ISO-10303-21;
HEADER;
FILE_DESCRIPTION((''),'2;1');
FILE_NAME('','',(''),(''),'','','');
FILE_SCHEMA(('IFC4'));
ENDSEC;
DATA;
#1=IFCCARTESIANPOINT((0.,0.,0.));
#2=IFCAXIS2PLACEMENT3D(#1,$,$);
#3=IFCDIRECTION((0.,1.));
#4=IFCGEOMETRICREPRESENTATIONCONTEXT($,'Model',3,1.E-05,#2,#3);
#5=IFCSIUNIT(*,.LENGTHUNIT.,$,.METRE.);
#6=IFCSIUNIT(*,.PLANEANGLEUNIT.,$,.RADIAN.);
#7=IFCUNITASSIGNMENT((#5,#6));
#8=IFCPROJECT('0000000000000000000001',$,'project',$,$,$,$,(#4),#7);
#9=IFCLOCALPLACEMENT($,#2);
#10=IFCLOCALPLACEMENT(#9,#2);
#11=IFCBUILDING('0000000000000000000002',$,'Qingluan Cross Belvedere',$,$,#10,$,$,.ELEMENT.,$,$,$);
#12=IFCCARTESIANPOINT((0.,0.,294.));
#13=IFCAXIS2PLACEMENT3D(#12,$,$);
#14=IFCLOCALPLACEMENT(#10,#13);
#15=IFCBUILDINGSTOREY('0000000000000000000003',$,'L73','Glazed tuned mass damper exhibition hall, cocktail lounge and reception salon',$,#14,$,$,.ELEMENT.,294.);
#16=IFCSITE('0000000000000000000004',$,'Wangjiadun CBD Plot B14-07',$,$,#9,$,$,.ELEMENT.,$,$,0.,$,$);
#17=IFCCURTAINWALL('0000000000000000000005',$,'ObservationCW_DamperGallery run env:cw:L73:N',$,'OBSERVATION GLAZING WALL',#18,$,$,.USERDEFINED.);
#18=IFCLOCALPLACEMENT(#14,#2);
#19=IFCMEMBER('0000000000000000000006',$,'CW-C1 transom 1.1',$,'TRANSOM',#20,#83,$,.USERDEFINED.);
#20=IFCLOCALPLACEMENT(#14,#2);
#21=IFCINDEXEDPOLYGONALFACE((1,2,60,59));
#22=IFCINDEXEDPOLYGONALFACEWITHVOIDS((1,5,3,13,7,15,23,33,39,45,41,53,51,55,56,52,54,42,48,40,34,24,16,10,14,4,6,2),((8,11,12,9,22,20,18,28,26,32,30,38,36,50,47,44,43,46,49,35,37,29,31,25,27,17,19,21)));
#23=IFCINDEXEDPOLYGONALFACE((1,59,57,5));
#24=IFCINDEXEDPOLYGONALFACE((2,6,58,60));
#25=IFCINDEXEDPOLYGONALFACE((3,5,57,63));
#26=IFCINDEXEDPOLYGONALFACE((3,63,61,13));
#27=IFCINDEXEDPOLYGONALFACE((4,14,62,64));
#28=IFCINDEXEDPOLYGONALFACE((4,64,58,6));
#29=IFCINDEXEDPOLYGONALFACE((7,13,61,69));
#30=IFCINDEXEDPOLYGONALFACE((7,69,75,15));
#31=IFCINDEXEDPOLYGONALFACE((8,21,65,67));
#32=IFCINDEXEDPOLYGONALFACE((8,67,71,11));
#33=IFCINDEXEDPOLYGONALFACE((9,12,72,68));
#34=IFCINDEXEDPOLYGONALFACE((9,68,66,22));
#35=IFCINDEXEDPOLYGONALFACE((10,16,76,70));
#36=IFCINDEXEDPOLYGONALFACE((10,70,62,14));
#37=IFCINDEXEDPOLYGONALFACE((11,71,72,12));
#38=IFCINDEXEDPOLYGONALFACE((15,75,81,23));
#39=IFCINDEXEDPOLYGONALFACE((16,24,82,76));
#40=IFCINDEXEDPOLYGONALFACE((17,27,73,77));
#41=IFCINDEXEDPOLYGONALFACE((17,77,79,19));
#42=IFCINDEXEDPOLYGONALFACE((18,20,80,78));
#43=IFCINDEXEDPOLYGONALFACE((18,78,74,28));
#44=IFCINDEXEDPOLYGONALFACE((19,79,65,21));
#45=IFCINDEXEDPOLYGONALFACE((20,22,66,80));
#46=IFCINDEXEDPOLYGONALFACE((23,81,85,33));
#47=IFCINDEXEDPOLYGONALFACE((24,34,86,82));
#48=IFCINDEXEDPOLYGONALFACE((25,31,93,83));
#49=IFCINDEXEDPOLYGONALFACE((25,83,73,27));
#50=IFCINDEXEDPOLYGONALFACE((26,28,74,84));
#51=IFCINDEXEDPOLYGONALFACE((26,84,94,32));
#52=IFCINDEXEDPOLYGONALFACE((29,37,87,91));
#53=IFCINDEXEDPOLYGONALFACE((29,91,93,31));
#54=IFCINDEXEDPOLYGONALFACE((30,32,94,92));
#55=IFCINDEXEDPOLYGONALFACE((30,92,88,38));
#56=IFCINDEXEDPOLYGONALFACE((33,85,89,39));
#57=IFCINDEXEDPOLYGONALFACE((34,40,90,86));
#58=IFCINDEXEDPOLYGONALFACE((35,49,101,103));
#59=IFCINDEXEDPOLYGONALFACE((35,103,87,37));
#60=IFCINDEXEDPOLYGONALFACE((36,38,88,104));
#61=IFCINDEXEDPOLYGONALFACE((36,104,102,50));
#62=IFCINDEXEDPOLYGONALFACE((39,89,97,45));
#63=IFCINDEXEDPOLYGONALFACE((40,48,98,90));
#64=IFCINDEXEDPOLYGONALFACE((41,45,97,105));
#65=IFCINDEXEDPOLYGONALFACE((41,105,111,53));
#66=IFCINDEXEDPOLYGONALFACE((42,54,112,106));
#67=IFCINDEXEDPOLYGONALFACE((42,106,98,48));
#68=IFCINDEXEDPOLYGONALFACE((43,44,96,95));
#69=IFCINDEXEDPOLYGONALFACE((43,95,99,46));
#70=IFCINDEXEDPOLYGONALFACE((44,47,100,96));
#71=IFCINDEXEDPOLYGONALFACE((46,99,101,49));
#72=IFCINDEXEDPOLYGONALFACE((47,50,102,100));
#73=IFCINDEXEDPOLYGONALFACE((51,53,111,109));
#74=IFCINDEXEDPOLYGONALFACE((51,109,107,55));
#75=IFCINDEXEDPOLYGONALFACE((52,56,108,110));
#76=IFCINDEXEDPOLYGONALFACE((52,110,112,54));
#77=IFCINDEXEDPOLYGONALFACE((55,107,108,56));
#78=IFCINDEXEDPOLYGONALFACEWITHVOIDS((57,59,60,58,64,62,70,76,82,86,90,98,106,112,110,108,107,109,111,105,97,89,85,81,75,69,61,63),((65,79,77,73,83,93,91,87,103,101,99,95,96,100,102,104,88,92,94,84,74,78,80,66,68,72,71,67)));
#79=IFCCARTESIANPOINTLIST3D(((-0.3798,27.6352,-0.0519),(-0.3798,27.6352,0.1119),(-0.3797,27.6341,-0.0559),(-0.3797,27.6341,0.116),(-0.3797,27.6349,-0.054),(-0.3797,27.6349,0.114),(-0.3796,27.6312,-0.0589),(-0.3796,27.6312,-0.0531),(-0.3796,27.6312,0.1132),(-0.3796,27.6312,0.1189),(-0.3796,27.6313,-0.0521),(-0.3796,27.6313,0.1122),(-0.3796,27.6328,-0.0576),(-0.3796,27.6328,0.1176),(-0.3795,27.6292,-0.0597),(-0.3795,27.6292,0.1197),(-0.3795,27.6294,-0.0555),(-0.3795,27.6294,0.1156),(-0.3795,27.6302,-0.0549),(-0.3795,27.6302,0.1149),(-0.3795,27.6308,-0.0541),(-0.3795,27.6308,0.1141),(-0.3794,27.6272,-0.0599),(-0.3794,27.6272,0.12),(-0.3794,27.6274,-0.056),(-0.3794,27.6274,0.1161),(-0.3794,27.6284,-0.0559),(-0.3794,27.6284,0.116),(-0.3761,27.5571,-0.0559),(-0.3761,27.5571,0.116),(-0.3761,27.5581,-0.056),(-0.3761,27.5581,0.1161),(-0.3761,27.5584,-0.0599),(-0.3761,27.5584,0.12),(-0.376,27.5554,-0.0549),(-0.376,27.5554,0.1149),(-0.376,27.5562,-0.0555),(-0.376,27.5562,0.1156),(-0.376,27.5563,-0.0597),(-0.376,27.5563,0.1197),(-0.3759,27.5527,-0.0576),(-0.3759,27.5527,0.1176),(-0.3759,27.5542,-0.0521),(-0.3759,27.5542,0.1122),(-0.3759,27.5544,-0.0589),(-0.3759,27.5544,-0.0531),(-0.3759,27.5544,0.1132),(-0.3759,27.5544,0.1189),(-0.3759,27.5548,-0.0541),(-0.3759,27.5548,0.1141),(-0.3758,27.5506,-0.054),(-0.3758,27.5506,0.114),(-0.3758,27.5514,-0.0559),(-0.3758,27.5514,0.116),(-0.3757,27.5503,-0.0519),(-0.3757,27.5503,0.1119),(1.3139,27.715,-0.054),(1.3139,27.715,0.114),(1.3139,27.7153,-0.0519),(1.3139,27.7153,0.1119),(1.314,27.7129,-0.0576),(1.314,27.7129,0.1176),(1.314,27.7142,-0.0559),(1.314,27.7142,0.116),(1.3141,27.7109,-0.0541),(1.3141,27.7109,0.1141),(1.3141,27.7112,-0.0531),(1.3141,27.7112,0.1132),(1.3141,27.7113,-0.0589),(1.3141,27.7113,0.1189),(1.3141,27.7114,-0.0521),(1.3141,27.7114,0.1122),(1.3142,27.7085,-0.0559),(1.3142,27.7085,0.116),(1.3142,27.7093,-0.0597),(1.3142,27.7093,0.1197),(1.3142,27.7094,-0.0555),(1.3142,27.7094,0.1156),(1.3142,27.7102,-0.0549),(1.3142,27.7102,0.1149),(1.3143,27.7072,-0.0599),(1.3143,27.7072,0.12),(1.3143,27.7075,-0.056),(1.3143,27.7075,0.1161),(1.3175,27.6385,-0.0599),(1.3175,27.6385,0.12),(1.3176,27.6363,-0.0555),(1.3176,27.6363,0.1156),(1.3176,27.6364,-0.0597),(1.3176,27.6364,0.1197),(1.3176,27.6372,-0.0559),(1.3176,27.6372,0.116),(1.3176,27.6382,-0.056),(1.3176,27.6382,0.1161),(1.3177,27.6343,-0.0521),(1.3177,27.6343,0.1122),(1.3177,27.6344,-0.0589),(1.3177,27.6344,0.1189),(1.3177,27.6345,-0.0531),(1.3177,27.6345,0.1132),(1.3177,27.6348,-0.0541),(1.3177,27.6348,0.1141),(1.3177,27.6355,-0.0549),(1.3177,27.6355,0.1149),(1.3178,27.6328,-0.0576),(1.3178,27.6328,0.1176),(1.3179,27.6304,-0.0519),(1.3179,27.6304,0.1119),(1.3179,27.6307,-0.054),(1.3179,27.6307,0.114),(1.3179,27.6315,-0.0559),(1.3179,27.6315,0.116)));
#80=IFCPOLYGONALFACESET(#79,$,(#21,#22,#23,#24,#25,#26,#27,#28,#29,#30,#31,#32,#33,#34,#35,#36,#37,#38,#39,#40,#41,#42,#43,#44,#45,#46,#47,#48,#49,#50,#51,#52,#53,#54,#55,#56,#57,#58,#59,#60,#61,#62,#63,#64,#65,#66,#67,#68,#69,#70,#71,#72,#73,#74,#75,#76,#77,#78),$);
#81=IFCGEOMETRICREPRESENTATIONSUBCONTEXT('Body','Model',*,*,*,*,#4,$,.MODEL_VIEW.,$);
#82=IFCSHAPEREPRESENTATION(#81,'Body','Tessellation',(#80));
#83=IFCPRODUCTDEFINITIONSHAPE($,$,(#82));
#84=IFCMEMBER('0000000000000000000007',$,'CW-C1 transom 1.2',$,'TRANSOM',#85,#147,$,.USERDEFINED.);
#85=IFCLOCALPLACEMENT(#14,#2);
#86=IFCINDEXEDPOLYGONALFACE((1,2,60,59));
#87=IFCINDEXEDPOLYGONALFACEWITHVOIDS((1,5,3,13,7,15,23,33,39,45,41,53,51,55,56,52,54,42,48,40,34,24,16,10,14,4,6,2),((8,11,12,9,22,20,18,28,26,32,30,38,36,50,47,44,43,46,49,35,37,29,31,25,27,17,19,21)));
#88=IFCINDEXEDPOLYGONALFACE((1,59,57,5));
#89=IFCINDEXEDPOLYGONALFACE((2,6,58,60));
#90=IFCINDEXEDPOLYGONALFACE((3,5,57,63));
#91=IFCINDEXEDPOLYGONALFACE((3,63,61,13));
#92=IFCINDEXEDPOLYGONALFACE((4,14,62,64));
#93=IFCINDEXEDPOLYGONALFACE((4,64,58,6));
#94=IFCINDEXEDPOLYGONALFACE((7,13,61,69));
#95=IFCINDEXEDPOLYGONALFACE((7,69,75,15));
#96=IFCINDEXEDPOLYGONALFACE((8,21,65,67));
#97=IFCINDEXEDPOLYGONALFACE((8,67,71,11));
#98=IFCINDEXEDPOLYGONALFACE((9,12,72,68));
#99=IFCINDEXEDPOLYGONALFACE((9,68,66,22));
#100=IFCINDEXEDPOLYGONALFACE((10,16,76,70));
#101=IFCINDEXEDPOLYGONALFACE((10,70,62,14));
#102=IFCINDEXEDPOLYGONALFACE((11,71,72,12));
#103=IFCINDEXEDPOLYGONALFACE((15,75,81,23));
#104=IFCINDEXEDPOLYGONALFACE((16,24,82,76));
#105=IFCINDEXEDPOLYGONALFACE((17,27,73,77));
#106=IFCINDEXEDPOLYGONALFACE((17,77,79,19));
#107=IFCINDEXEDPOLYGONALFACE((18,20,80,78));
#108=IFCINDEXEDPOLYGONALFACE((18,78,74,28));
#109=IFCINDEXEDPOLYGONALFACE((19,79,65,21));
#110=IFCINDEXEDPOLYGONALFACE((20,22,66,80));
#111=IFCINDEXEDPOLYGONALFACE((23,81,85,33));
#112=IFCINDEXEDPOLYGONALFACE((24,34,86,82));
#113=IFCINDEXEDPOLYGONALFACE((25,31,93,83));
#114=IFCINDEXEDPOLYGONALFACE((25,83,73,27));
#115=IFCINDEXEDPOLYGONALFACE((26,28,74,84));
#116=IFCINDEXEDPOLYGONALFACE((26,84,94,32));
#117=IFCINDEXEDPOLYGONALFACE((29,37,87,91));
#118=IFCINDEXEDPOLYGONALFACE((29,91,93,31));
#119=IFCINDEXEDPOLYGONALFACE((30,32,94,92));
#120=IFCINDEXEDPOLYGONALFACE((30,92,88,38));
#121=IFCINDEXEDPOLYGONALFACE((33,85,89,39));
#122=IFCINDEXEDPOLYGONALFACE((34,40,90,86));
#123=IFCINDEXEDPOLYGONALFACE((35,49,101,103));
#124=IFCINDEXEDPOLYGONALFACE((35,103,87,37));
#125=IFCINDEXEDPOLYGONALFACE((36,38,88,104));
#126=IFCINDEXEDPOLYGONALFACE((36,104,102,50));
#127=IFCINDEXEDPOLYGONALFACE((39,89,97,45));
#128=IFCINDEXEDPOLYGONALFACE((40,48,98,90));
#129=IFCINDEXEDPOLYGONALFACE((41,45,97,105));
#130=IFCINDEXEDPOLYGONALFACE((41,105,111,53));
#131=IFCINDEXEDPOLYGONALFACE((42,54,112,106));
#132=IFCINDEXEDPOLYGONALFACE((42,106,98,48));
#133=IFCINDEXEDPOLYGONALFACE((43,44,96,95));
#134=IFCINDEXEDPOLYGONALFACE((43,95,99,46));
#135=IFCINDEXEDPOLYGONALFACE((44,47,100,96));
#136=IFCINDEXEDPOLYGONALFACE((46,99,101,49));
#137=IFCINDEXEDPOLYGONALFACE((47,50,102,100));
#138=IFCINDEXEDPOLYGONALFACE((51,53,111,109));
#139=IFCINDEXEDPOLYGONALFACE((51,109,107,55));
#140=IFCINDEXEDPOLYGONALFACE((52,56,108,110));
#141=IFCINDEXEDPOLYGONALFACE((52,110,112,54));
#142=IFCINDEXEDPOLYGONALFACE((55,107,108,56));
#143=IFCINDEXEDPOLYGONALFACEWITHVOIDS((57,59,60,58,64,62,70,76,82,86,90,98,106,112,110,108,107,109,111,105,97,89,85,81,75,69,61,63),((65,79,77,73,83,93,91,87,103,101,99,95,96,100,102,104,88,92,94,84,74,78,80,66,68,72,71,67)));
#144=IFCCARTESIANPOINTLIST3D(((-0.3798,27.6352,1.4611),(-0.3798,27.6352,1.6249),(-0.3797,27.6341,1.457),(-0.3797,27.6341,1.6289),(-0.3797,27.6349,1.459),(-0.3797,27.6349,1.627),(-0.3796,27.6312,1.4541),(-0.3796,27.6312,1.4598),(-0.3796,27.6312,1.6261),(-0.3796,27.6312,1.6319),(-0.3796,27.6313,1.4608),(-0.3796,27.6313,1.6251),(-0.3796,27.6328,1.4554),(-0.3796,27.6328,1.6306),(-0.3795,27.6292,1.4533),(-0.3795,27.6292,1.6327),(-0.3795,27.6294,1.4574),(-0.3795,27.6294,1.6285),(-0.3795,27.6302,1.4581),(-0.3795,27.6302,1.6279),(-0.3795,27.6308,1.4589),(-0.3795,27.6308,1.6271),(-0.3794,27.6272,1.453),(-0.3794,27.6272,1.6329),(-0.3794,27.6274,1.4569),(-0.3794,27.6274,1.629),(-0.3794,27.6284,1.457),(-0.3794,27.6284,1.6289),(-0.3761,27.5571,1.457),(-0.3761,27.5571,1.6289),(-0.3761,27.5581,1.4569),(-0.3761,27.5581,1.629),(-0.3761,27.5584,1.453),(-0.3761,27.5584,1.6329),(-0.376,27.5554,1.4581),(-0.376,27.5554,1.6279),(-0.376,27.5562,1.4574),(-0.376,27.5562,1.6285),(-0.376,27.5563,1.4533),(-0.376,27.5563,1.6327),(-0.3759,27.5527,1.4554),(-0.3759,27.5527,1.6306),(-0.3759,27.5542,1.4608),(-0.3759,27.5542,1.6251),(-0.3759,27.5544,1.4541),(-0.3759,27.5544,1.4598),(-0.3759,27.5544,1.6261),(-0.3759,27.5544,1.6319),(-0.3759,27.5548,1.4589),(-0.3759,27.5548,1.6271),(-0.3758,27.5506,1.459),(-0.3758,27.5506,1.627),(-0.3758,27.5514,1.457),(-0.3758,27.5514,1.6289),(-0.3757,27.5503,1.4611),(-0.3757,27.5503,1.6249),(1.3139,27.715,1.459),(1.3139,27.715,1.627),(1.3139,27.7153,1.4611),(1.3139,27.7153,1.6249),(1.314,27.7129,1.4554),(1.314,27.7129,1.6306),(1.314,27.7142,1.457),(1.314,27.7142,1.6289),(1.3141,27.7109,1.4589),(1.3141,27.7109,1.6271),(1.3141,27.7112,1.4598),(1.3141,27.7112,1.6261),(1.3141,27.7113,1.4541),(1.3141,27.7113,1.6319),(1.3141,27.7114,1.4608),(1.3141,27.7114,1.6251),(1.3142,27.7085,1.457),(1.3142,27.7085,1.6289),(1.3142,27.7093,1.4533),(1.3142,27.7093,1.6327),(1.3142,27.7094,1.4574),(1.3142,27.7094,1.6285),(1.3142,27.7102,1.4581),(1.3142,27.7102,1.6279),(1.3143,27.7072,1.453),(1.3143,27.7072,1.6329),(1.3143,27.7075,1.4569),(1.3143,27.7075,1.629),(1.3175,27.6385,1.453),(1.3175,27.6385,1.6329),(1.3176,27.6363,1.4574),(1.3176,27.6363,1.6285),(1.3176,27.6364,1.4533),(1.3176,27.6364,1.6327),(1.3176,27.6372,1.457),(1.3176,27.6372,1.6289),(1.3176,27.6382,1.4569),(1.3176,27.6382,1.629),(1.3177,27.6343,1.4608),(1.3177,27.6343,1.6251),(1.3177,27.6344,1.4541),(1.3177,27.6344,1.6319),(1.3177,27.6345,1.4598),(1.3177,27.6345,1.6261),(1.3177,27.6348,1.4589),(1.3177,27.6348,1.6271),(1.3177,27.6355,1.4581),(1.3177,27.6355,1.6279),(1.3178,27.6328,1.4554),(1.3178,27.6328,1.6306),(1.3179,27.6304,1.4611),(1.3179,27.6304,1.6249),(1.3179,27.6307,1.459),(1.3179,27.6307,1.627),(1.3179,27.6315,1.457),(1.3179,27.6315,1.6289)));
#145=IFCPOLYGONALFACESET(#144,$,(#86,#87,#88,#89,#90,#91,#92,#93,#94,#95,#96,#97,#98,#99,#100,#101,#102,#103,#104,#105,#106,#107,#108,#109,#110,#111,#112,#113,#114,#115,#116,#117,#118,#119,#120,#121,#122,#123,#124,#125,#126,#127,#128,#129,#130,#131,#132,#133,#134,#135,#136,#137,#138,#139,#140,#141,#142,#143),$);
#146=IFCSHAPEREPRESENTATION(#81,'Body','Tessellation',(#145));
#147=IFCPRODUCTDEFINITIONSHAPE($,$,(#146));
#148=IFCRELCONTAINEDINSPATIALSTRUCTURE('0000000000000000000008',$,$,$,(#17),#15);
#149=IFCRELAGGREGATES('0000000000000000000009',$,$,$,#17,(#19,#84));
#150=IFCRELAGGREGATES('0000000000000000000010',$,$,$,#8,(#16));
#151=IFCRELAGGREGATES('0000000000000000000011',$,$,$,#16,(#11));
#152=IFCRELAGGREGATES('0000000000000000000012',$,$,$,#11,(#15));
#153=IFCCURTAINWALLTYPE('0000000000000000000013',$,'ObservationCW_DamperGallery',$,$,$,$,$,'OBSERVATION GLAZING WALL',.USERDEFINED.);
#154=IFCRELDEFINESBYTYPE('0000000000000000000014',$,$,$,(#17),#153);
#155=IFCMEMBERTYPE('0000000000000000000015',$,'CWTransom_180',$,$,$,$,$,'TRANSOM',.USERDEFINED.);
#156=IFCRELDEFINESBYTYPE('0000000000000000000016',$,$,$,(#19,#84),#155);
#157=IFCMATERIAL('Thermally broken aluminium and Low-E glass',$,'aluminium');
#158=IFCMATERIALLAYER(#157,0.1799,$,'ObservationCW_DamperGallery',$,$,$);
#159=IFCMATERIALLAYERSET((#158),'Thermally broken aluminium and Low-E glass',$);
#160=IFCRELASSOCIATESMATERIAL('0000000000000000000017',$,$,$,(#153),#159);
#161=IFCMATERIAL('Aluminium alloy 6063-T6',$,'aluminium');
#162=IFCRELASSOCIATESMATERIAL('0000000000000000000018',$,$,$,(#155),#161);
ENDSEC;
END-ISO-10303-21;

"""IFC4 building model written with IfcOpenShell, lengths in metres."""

from ifc_helpers import new_model, si_unit, direction, frame, origin, origin_2d, place, context, subcontext, project, spatial, hollow_rectangle, extrude, material, layer, layer_set, material_profile, profile_set, type_object, element, aggregate, save


model = new_model("IFC4")

# Units and contexts
model_context = context("Model", 3, precision=1e-05, world=origin(), true_north=direction((0.0, 1.0)))
body_context = subcontext(model_context, "Body", "Model", "MODEL_VIEW")
ifc_project = project(units=[si_unit("LENGTHUNIT", "METRE"), si_unit("PLANEANGLEUNIT", "RADIAN")], contexts=[model_context])

# Site, building, storey
site_placement = place(None, origin())
site = spatial("IfcSite", under=ifc_project, at=site_placement, Name="Wangjiadun CBD Plot B14-07", CompositionType="ELEMENT", RefElevation=0.0)
building_placement = place(site_placement, origin())
building = spatial("IfcBuilding", under=site, at=building_placement, Name="Qingluan Cross Belvedere", CompositionType="ELEMENT")
storey_placement = place(building_placement, frame((0.0, 0.0, 294.0)))
storey = spatial("IfcBuildingStorey", under=building, at=storey_placement, Name="L73", Description="Glazed tuned mass damper exhibition hall, cocktail lounge and reception salon", CompositionType="ELEMENT", Elevation=294.0)

# Curtain wall, members
ifc_material_1 = material(Name="Thermally broken aluminium and Low-E glass", Category="aluminium")
ifc_layer_1 = layer(ifc_material_1, 0.1799, Name="ObservationCW_DamperGallery")
ifc_layer_set_1 = layer_set([ifc_layer_1], Name="Thermally broken aluminium and Low-E glass")
curtain_wall_type = type_object("IfcCurtainWallType", Name="ObservationCW_DamperGallery", ElementType="OBSERVATION GLAZING WALL", PredefinedType="USERDEFINED", material=ifc_layer_set_1)
curtain_wall_placement = place(storey_placement, origin())
curtain_wall = element("IfcCurtainWall", 1, at=curtain_wall_placement, inside=storey, type_object=curtain_wall_type, Name="ObservationCW_DamperGallery run env:cw:L73:N", ObjectType="OBSERVATION GLAZING WALL", PredefinedType="USERDEFINED")
ifc_material_2 = material(Name="Aluminium alloy 6063-T6", Category="aluminium")
ifc_material_profile_1 = material_profile(ifc_material_2, hollow_rectangle(XDim=0.085, YDim=0.1799, WallThickness=0.0039, InnerFilletRadius=0.0039, OuterFilletRadius=0.0081, at=origin_2d()), Name="CWT180x85x4")
ifc_profile_set_1 = profile_set([ifc_material_profile_1], Name="Aluminium alloy 6063-T6")
member_type_1 = type_object("IfcMemberType", Name="CWTransom_180", ElementType="TRANSOM", PredefinedType="USERDEFINED", material=ifc_profile_set_1)
member_1_placement = place(storey_placement, frame((1.3159, 27.6729, 0.03), z_axis=(-0.998884, -0.04723, 0.0), x_axis=(0.04723, -0.998884, 0.0)))
member_1 = element("IfcMember", 2, at=member_1_placement, type_object=member_type_1, Name="CW-C1 transom 1.1", ObjectType="TRANSOM", PredefinedType="USERDEFINED", context=body_context, shape_type="SweptSolid", body=[
    extrude(hollow_rectangle(XDim=0.085, YDim=0.1799, WallThickness=0.0039, InnerFilletRadius=0.0039, OuterFilletRadius=0.0081, at=origin_2d()), origin(), (0.0, 0.0, 1.0), 1.6956),
])
member_2_placement = place(storey_placement, frame((1.3159, 27.6729, 1.543), z_axis=(-0.998884, -0.04723, 0.0), x_axis=(0.04723, -0.998884, 0.0)))
member_2 = element("IfcMember", 3, at=member_2_placement, type_object=member_type_1, Name="CW-C1 transom 1.2", ObjectType="TRANSOM", PredefinedType="USERDEFINED", context=body_context, shape_type="SweptSolid", body=[
    extrude(hollow_rectangle(XDim=0.085, YDim=0.1799, WallThickness=0.0039, InnerFilletRadius=0.0039, OuterFilletRadius=0.0081, at=origin_2d()), origin(), (0.0, 0.0, 1.0), 1.6956),
])

aggregate(curtain_wall, [member_1, member_2])

save(model, "model.ifc")
